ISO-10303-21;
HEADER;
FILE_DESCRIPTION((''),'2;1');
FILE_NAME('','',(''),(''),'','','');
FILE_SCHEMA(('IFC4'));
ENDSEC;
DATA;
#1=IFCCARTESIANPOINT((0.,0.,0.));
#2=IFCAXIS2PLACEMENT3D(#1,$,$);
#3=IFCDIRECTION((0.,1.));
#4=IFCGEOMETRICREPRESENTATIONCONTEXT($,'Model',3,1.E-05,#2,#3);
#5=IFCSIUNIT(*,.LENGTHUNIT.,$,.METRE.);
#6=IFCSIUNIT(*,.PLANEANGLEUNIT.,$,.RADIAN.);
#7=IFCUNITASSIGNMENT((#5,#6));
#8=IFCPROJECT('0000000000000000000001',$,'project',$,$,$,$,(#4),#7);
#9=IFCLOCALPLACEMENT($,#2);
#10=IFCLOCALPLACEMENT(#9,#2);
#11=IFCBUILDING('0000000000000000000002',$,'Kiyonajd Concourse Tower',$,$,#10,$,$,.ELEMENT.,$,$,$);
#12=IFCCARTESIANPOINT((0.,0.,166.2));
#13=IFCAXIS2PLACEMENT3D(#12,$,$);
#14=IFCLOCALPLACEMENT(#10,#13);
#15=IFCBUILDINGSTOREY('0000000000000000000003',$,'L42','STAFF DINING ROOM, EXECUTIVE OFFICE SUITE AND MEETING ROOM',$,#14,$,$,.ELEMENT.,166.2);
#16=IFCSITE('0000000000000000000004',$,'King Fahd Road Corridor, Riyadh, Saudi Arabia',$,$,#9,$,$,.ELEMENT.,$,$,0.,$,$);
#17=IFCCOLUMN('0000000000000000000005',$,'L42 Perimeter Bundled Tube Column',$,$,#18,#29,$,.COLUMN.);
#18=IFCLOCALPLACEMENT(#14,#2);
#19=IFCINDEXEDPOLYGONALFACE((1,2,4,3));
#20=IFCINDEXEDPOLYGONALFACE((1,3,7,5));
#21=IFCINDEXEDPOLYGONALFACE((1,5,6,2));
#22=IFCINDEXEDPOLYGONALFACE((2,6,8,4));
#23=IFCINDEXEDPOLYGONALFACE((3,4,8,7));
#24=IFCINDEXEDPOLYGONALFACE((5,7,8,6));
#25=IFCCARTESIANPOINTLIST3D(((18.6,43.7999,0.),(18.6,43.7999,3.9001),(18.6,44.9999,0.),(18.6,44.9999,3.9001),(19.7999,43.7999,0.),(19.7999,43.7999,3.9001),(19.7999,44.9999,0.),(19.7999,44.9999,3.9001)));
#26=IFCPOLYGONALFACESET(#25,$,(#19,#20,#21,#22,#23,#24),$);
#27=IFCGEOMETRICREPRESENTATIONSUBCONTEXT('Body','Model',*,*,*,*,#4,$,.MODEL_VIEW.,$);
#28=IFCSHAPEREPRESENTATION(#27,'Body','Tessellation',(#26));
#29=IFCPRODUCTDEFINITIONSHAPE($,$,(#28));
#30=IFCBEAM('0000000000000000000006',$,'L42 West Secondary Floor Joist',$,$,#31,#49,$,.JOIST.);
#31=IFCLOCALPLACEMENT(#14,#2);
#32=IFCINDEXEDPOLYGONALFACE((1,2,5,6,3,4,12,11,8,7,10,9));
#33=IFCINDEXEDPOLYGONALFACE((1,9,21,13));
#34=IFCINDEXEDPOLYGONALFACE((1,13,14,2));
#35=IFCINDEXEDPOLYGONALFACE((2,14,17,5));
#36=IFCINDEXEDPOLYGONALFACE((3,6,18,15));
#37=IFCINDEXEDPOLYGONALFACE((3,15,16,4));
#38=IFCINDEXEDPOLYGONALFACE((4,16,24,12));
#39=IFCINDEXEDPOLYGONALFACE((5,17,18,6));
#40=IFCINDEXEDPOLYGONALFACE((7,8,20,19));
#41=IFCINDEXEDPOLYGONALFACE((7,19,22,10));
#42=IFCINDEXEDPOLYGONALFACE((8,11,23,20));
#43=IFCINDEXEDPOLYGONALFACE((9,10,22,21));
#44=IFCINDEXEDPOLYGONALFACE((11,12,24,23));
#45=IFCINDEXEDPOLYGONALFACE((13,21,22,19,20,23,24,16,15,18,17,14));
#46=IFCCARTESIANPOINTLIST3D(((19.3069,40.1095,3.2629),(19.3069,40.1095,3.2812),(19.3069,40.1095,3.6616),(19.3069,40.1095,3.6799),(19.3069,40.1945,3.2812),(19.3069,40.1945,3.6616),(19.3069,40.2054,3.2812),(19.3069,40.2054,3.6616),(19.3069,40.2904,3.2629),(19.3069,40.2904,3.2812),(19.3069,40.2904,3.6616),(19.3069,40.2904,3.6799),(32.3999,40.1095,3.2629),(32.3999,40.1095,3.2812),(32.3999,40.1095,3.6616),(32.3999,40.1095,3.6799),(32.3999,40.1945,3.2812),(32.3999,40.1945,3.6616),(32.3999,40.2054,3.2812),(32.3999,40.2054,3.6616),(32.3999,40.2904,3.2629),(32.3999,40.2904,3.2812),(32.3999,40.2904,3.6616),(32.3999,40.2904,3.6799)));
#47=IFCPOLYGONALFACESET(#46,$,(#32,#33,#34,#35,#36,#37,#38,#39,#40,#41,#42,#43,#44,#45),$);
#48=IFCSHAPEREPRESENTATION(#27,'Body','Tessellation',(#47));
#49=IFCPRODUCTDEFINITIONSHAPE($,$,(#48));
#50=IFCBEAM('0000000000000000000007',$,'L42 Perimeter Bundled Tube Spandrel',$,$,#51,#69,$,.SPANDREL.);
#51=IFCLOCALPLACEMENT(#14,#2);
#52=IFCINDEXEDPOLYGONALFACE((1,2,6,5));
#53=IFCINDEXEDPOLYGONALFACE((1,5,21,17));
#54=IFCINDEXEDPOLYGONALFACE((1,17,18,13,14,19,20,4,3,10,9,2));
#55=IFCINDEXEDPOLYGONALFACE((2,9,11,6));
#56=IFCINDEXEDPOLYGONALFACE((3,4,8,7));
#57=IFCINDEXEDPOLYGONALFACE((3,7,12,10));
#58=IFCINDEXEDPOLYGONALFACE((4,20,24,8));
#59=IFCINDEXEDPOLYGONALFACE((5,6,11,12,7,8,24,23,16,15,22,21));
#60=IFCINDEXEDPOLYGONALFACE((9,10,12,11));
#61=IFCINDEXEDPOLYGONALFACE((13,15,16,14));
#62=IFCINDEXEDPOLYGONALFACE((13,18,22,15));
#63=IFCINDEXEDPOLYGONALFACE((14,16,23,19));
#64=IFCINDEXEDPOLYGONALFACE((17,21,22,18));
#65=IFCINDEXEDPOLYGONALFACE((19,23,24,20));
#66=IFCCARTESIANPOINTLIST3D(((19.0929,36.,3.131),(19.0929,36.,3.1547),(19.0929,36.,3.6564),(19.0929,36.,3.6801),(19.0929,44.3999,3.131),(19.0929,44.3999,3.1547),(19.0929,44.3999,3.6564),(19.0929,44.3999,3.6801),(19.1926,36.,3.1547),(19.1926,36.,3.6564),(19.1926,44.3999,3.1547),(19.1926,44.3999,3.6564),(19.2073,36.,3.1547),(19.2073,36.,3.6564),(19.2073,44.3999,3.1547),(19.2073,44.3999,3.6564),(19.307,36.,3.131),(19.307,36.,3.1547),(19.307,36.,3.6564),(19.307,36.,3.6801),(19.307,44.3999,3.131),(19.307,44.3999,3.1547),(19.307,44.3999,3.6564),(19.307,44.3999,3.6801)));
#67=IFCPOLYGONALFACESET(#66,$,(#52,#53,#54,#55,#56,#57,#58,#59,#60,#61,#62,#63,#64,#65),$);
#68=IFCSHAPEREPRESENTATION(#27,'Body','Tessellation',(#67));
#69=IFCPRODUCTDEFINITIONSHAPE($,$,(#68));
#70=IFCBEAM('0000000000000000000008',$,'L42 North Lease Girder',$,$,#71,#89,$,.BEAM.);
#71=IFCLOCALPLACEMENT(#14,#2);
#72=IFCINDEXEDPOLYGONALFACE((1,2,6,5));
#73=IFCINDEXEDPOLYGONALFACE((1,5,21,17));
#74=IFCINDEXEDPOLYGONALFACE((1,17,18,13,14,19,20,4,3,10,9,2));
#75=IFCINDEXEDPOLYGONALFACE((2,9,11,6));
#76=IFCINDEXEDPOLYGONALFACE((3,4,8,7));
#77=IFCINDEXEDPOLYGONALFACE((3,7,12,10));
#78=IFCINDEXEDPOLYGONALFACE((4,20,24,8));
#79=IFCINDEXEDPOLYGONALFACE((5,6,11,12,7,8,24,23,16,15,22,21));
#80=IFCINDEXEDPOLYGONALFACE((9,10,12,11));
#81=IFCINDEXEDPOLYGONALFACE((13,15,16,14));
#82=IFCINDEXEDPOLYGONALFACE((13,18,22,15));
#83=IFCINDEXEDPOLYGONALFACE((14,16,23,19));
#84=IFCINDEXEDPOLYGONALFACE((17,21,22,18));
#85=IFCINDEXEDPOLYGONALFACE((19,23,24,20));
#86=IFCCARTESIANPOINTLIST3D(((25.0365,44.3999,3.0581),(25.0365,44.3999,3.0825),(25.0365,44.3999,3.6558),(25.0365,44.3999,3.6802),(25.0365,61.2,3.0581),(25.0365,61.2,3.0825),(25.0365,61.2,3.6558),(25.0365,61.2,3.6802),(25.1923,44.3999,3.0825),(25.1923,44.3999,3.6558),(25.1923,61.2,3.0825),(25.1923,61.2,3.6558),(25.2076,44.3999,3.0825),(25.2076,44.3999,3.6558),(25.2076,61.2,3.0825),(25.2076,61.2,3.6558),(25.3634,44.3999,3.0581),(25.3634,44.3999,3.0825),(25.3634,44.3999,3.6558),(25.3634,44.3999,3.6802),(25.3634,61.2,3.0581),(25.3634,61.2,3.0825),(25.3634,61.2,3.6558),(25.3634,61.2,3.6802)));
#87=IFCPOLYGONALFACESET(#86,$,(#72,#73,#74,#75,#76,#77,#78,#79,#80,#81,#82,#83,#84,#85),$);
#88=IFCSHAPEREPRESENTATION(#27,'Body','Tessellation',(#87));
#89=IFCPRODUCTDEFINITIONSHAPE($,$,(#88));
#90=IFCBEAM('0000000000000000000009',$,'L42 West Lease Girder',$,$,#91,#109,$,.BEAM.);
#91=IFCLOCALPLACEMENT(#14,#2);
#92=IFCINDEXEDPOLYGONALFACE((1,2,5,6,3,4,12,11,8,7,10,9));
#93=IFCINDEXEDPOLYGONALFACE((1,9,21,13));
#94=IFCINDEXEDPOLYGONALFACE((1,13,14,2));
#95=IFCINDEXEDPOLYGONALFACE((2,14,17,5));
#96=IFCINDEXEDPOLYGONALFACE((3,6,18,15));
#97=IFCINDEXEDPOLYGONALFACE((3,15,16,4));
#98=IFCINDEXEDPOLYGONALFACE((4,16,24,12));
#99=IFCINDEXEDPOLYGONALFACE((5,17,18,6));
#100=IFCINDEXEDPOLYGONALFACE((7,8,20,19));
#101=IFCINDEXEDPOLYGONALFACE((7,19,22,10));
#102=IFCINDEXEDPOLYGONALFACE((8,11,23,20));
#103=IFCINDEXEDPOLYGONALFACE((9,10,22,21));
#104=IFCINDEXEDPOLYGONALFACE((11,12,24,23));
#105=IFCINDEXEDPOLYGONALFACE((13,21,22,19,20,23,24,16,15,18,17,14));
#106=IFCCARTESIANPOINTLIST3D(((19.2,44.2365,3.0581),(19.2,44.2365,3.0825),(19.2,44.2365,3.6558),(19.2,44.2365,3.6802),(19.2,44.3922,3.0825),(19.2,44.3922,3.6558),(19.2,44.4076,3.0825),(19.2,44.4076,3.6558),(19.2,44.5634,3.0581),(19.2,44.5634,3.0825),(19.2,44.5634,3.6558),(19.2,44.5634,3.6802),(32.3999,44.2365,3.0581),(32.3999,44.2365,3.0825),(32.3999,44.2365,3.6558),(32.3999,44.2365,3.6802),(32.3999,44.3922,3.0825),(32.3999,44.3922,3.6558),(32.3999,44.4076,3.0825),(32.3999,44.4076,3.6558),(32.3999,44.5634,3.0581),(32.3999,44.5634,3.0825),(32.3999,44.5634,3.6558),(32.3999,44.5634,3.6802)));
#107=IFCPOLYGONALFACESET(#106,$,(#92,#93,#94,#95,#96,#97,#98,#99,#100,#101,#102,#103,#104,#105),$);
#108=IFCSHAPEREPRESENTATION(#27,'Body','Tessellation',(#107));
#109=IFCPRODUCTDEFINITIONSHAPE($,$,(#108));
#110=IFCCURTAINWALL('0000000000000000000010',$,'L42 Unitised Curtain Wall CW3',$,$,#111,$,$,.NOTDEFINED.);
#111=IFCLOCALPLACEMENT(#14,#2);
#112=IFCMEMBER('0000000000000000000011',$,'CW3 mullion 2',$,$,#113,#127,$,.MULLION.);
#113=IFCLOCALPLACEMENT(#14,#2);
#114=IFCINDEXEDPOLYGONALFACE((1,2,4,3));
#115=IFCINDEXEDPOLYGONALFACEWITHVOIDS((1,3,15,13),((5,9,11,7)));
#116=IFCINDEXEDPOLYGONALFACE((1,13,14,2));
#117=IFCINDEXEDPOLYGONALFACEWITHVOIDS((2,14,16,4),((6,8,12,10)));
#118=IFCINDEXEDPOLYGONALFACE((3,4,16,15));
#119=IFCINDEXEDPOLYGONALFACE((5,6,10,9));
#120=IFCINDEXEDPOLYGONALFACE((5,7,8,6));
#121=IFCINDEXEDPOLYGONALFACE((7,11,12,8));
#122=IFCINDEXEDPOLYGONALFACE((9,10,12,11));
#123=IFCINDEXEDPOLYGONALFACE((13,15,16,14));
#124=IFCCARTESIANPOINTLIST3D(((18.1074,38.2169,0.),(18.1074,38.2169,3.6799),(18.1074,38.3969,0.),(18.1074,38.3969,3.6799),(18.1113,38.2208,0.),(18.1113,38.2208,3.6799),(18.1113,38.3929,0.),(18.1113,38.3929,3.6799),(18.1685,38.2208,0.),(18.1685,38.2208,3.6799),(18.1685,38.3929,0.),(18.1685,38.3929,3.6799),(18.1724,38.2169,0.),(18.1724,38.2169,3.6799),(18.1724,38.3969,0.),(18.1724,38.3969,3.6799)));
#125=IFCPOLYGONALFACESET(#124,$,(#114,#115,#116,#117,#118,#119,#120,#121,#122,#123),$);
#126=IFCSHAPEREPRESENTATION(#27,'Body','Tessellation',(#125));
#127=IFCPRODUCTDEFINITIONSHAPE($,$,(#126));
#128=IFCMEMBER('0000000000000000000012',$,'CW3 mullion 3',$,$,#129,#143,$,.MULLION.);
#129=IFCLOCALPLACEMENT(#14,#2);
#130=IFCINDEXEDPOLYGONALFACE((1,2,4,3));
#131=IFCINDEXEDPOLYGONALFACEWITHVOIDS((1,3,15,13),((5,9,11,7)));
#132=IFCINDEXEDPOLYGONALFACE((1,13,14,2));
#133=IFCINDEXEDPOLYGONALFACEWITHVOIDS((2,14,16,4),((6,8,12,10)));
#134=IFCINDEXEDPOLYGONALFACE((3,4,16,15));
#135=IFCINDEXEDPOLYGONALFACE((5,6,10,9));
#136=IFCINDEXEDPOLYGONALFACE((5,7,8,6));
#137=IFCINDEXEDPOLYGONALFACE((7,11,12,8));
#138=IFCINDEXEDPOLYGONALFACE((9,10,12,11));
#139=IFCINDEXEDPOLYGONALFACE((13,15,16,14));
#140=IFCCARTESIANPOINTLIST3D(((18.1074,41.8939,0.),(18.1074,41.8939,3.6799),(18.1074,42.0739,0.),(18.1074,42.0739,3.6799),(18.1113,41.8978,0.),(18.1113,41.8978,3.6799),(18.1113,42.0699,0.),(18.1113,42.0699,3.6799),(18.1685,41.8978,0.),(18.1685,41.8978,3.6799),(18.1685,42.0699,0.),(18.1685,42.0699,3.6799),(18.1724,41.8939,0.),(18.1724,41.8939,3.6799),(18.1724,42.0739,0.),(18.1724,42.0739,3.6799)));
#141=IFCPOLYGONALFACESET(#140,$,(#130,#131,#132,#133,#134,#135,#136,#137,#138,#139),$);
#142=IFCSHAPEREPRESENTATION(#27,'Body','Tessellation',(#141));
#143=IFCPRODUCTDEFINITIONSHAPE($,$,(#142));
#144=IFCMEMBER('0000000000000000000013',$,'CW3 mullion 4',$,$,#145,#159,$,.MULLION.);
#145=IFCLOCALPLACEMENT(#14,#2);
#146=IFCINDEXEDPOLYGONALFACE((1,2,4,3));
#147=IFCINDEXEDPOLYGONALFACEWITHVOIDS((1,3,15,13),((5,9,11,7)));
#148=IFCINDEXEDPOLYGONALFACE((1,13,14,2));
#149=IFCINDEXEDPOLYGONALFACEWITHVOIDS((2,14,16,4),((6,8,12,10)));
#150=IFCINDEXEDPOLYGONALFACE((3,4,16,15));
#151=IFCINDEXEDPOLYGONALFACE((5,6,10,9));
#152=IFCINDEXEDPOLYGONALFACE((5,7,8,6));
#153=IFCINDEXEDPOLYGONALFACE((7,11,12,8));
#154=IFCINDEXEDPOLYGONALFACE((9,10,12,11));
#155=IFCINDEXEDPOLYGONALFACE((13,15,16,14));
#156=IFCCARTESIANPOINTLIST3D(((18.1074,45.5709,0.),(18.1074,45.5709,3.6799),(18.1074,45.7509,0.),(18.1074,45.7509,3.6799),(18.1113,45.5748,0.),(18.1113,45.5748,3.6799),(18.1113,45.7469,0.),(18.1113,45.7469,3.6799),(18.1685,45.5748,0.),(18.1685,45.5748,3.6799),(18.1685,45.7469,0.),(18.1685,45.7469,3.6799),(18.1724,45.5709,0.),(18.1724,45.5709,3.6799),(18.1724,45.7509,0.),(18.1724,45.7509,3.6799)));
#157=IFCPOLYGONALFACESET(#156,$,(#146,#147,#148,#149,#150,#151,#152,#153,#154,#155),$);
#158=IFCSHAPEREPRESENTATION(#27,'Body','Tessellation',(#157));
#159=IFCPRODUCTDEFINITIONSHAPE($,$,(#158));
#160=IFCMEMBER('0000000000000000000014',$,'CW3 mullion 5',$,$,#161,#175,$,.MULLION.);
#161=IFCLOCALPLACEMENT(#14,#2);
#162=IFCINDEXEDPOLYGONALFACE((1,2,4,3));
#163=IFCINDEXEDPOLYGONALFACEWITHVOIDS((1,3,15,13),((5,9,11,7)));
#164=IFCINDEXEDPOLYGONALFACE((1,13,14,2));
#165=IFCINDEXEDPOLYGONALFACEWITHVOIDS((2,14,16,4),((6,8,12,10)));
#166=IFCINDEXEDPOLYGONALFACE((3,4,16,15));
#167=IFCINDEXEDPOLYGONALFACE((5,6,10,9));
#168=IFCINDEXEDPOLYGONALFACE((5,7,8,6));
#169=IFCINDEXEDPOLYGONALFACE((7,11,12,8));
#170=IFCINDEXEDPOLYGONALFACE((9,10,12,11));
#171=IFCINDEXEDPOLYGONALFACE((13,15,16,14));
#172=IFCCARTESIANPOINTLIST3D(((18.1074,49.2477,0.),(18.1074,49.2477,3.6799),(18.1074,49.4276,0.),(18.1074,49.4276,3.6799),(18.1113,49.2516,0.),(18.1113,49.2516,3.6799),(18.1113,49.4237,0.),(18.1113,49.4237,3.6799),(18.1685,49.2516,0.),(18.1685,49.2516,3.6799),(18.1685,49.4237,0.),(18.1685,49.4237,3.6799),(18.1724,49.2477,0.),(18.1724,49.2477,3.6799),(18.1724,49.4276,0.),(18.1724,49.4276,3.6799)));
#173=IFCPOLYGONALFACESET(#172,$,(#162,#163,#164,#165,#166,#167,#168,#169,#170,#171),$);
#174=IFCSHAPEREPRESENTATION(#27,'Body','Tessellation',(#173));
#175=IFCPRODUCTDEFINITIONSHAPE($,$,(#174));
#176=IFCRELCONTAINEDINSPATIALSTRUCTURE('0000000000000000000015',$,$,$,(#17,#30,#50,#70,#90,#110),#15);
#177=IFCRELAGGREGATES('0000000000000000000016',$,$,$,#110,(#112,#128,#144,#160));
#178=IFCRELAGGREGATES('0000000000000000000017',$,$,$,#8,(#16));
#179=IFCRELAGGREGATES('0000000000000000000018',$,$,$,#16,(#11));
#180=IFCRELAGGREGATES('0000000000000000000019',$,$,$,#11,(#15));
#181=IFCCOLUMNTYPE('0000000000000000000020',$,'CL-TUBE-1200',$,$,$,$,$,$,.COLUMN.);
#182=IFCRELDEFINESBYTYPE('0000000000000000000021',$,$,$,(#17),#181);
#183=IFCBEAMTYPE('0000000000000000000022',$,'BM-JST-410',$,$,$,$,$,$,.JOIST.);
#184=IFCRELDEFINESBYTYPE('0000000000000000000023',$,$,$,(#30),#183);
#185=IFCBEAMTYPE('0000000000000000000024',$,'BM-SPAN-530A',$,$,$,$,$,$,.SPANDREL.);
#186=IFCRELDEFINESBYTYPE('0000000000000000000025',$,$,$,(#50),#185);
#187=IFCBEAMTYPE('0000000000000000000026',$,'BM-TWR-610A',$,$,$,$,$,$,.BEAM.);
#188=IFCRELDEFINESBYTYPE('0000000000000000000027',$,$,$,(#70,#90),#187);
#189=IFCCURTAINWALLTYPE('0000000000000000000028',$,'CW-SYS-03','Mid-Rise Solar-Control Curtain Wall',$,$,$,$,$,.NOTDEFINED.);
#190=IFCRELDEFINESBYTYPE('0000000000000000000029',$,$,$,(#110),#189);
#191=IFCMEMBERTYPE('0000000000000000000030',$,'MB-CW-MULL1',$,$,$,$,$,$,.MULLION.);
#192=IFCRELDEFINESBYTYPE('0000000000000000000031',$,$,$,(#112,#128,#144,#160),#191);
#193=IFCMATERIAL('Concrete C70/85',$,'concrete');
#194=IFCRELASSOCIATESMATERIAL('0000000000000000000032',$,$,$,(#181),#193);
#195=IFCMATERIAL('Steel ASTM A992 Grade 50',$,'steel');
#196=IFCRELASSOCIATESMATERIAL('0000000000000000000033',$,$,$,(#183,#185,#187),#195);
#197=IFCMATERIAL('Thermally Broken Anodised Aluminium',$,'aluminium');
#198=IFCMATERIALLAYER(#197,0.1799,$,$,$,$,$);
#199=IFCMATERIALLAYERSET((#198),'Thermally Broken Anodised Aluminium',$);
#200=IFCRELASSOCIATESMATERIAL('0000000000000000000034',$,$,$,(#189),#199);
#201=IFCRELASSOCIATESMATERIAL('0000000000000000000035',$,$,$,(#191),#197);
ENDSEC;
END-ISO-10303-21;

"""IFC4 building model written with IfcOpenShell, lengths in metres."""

from ifc_helpers import new_model, si_unit, direction, frame, origin, origin_2d, place, context, subcontext, project, spatial, rectangle, hollow_rectangle, i_section, extrude, material, layer, layer_set, material_profile, profile_set, type_object, element, aggregate, save


model = new_model("IFC4")

# Units and contexts
model_context = context("Model", 3, precision=1e-05, world=origin(), true_north=direction((0.0, 1.0)))
body_context = subcontext(model_context, "Body", "Model", "MODEL_VIEW")
ifc_project = project(units=[si_unit("LENGTHUNIT", "METRE"), si_unit("PLANEANGLEUNIT", "RADIAN")], contexts=[model_context])

# Site, building, storey
site_placement = place(None, origin())
site = spatial("IfcSite", under=ifc_project, at=site_placement, Name="King Fahd Road Corridor, Riyadh, Saudi Arabia", CompositionType="ELEMENT", RefElevation=0.0)
building_placement = place(site_placement, origin())
building = spatial("IfcBuilding", under=site, at=building_placement, Name="Kiyonajd Concourse Tower", CompositionType="ELEMENT")
storey_placement = place(building_placement, frame((0.0, 0.0, 166.2)))
storey = spatial("IfcBuildingStorey", under=building, at=storey_placement, Name="L42", Description="STAFF DINING ROOM, EXECUTIVE OFFICE SUITE AND MEETING ROOM", CompositionType="ELEMENT", Elevation=166.2)

# Column
ifc_material_1 = material(Name="Concrete C70/85", Category="concrete")
ifc_material_profile_1 = material_profile(ifc_material_1, rectangle(XDim=1.2, YDim=1.2, at=origin_2d()), Name="RC-1200x1200")
ifc_profile_set_1 = profile_set([ifc_material_profile_1], Name="Concrete C70/85")
column_type = type_object("IfcColumnType", Name="CL-TUBE-1200", PredefinedType="COLUMN", material=ifc_profile_set_1)
column_placement = place(storey_placement, frame((19.2, 44.3999, 0.0), z_axis=(0.0, 0.0, 1.0), x_axis=(1.0, 0.0, 0.0)))
element("IfcColumn", 1, at=column_placement, inside=storey, type_object=column_type, Name="L42 Perimeter Bundled Tube Column", PredefinedType="COLUMN", context=body_context, shape_type="SweptSolid", body=[
    extrude(rectangle(XDim=1.2, YDim=1.2, at=origin_2d()), origin(), (0.0, 0.0, 1.0), 3.9001),
])

# Beams
ifc_material_2 = material(Name="Steel ASTM A992 Grade 50", Category="steel")
ifc_material_profile_2 = material_profile(ifc_material_2, i_section(OverallWidth=0.1809, OverallDepth=0.417, WebThickness=0.011, FlangeThickness=0.0183, at=origin_2d()), Name="W410X85")
ifc_profile_set_2 = profile_set([ifc_material_profile_2], Name="Steel ASTM A992 Grade 50")
beam_type_1 = type_object("IfcBeamType", Name="BM-JST-410", PredefinedType="JOIST", material=ifc_profile_set_2)
beam_1_placement = place(storey_placement, frame((19.3069, 40.2, 3.4714), z_axis=(1.0, 0.0, 0.0), x_axis=(0.0, 1.0, 0.0)))
element("IfcBeam", 2, at=beam_1_placement, inside=storey, type_object=beam_type_1, Name="L42 West Secondary Floor Joist", PredefinedType="JOIST", context=body_context, shape_type="SweptSolid", body=[
    extrude(i_section(OverallWidth=0.1809, OverallDepth=0.417, WebThickness=0.011, FlangeThickness=0.0183, at=origin_2d()), origin(), (0.0, 0.0, 1.0), 13.093),
])
ifc_material_profile_3 = material_profile(ifc_material_2, i_section(OverallWidth=0.2141, OverallDepth=0.5491, WebThickness=0.0146, FlangeThickness=0.0237, at=origin_2d()), Name="W530X138")
ifc_profile_set_3 = profile_set([ifc_material_profile_3], Name="Steel ASTM A992 Grade 50")
beam_type_2 = type_object("IfcBeamType", Name="BM-SPAN-530A", PredefinedType="SPANDREL", material=ifc_profile_set_3)
beam_2_placement = place(storey_placement, frame((19.2, 44.3999, 3.4055), z_axis=(0.0, -1.0, 0.0), x_axis=(1.0, 0.0, 0.0)))
element("IfcBeam", 3, at=beam_2_placement, inside=storey, type_object=beam_type_2, Name="L42 Perimeter Bundled Tube Spandrel", PredefinedType="SPANDREL", context=body_context, shape_type="SweptSolid", body=[
    extrude(i_section(OverallWidth=0.2141, OverallDepth=0.5491, WebThickness=0.0146, FlangeThickness=0.0237, at=origin_2d()), origin(), (0.0, 0.0, 1.0), 8.3999),
])
ifc_material_profile_4 = material_profile(ifc_material_2, i_section(OverallWidth=0.3269, OverallDepth=0.6221, WebThickness=0.0154, FlangeThickness=0.0244, at=origin_2d()), Name="W610X195")
ifc_profile_set_4 = profile_set([ifc_material_profile_4], Name="Steel ASTM A992 Grade 50")
beam_type_3 = type_object("IfcBeamType", Name="BM-TWR-610A", PredefinedType="BEAM", material=ifc_profile_set_4)
beam_3_placement = place(storey_placement, frame((25.2, 44.3999, 3.3691), z_axis=(0.0, 1.0, 0.0), x_axis=(-1.0, 0.0, 0.0)))
element("IfcBeam", 4, at=beam_3_placement, inside=storey, type_object=beam_type_3, Name="L42 North Lease Girder", PredefinedType="BEAM", context=body_context, shape_type="SweptSolid", body=[
    extrude(i_section(OverallWidth=0.3269, OverallDepth=0.6221, WebThickness=0.0154, FlangeThickness=0.0244, at=origin_2d()), origin(), (0.0, 0.0, 1.0), 16.8),
])
beam_4_placement = place(storey_placement, frame((19.2, 44.3999, 3.3691), z_axis=(1.0, 0.0, 0.0), x_axis=(0.0, 1.0, 0.0)))
element("IfcBeam", 5, at=beam_4_placement, inside=storey, type_object=beam_type_3, Name="L42 West Lease Girder", PredefinedType="BEAM", context=body_context, shape_type="SweptSolid", body=[
    extrude(i_section(OverallWidth=0.3269, OverallDepth=0.6221, WebThickness=0.0154, FlangeThickness=0.0244, at=origin_2d()), origin(), (0.0, 0.0, 1.0), 13.2),
])

# Curtain wall, members
ifc_material_3 = material(Name="Thermally Broken Anodised Aluminium", Category="aluminium")
ifc_layer_1 = layer(ifc_material_3, 0.1799)
ifc_layer_set_1 = layer_set([ifc_layer_1], Name="Thermally Broken Anodised Aluminium")
curtain_wall_type = type_object("IfcCurtainWallType", Name="CW-SYS-03", Description="Mid-Rise Solar-Control Curtain Wall", PredefinedType="NOTDEFINED", material=ifc_layer_set_1)
curtain_wall_placement = place(storey_placement, origin())
curtain_wall = element("IfcCurtainWall", 6, at=curtain_wall_placement, inside=storey, type_object=curtain_wall_type, Name="L42 Unitised Curtain Wall CW3", PredefinedType="NOTDEFINED")
ifc_material_profile_5 = material_profile(ifc_material_3, hollow_rectangle(XDim=0.0649, YDim=0.1799, WallThickness=0.0039, at=origin_2d()), Name="MULL-65x180")
ifc_profile_set_5 = profile_set([ifc_material_profile_5], Name="Thermally Broken Anodised Aluminium")
member_type_1 = type_object("IfcMemberType", Name="MB-CW-MULL1", PredefinedType="MULLION", material=ifc_profile_set_5)
member_1_placement = place(storey_placement, frame((18.1399, 38.3069, 0.0), z_axis=(0.0, 0.0, 1.0), x_axis=(-1.0, 0.0, 0.0)))
member_1 = element("IfcMember", 7, at=member_1_placement, type_object=member_type_1, Name="CW3 mullion 2", PredefinedType="MULLION", context=body_context, shape_type="SweptSolid", body=[
    extrude(hollow_rectangle(XDim=0.0649, YDim=0.1799, WallThickness=0.0039, at=origin_2d()), origin(), (0.0, 0.0, 1.0), 3.6799),
])
member_2_placement = place(storey_placement, frame((18.1399, 41.9839, 0.0), z_axis=(0.0, 0.0, 1.0), x_axis=(-1.0, 0.0, 0.0)))
member_2 = element("IfcMember", 8, at=member_2_placement, type_object=member_type_1, Name="CW3 mullion 3", PredefinedType="MULLION", context=body_context, shape_type="SweptSolid", body=[
    extrude(hollow_rectangle(XDim=0.0649, YDim=0.1799, WallThickness=0.0039, at=origin_2d()), origin(), (0.0, 0.0, 1.0), 3.6799),
])
member_3_placement = place(storey_placement, frame((18.1399, 45.6609, 0.0), z_axis=(0.0, 0.0, 1.0), x_axis=(-1.0, 0.0, 0.0)))
member_3 = element("IfcMember", 9, at=member_3_placement, type_object=member_type_1, Name="CW3 mullion 4", PredefinedType="MULLION", context=body_context, shape_type="SweptSolid", body=[
    extrude(hollow_rectangle(XDim=0.0649, YDim=0.1799, WallThickness=0.0039, at=origin_2d()), origin(), (0.0, 0.0, 1.0), 3.6799),
])
member_4_placement = place(storey_placement, frame((18.1399, 49.3376, 0.0), z_axis=(0.0, 0.0, 1.0), x_axis=(-1.0, 0.0, 0.0)))
member_4 = element("IfcMember", 10, at=member_4_placement, type_object=member_type_1, Name="CW3 mullion 5", PredefinedType="MULLION", context=body_context, shape_type="SweptSolid", body=[
    extrude(hollow_rectangle(XDim=0.0649, YDim=0.1799, WallThickness=0.0039, at=origin_2d()), origin(), (0.0, 0.0, 1.0), 3.6799),
])
aggregate(curtain_wall, [member_1, member_2, member_3, member_4])

save(model, "model.ifc")
